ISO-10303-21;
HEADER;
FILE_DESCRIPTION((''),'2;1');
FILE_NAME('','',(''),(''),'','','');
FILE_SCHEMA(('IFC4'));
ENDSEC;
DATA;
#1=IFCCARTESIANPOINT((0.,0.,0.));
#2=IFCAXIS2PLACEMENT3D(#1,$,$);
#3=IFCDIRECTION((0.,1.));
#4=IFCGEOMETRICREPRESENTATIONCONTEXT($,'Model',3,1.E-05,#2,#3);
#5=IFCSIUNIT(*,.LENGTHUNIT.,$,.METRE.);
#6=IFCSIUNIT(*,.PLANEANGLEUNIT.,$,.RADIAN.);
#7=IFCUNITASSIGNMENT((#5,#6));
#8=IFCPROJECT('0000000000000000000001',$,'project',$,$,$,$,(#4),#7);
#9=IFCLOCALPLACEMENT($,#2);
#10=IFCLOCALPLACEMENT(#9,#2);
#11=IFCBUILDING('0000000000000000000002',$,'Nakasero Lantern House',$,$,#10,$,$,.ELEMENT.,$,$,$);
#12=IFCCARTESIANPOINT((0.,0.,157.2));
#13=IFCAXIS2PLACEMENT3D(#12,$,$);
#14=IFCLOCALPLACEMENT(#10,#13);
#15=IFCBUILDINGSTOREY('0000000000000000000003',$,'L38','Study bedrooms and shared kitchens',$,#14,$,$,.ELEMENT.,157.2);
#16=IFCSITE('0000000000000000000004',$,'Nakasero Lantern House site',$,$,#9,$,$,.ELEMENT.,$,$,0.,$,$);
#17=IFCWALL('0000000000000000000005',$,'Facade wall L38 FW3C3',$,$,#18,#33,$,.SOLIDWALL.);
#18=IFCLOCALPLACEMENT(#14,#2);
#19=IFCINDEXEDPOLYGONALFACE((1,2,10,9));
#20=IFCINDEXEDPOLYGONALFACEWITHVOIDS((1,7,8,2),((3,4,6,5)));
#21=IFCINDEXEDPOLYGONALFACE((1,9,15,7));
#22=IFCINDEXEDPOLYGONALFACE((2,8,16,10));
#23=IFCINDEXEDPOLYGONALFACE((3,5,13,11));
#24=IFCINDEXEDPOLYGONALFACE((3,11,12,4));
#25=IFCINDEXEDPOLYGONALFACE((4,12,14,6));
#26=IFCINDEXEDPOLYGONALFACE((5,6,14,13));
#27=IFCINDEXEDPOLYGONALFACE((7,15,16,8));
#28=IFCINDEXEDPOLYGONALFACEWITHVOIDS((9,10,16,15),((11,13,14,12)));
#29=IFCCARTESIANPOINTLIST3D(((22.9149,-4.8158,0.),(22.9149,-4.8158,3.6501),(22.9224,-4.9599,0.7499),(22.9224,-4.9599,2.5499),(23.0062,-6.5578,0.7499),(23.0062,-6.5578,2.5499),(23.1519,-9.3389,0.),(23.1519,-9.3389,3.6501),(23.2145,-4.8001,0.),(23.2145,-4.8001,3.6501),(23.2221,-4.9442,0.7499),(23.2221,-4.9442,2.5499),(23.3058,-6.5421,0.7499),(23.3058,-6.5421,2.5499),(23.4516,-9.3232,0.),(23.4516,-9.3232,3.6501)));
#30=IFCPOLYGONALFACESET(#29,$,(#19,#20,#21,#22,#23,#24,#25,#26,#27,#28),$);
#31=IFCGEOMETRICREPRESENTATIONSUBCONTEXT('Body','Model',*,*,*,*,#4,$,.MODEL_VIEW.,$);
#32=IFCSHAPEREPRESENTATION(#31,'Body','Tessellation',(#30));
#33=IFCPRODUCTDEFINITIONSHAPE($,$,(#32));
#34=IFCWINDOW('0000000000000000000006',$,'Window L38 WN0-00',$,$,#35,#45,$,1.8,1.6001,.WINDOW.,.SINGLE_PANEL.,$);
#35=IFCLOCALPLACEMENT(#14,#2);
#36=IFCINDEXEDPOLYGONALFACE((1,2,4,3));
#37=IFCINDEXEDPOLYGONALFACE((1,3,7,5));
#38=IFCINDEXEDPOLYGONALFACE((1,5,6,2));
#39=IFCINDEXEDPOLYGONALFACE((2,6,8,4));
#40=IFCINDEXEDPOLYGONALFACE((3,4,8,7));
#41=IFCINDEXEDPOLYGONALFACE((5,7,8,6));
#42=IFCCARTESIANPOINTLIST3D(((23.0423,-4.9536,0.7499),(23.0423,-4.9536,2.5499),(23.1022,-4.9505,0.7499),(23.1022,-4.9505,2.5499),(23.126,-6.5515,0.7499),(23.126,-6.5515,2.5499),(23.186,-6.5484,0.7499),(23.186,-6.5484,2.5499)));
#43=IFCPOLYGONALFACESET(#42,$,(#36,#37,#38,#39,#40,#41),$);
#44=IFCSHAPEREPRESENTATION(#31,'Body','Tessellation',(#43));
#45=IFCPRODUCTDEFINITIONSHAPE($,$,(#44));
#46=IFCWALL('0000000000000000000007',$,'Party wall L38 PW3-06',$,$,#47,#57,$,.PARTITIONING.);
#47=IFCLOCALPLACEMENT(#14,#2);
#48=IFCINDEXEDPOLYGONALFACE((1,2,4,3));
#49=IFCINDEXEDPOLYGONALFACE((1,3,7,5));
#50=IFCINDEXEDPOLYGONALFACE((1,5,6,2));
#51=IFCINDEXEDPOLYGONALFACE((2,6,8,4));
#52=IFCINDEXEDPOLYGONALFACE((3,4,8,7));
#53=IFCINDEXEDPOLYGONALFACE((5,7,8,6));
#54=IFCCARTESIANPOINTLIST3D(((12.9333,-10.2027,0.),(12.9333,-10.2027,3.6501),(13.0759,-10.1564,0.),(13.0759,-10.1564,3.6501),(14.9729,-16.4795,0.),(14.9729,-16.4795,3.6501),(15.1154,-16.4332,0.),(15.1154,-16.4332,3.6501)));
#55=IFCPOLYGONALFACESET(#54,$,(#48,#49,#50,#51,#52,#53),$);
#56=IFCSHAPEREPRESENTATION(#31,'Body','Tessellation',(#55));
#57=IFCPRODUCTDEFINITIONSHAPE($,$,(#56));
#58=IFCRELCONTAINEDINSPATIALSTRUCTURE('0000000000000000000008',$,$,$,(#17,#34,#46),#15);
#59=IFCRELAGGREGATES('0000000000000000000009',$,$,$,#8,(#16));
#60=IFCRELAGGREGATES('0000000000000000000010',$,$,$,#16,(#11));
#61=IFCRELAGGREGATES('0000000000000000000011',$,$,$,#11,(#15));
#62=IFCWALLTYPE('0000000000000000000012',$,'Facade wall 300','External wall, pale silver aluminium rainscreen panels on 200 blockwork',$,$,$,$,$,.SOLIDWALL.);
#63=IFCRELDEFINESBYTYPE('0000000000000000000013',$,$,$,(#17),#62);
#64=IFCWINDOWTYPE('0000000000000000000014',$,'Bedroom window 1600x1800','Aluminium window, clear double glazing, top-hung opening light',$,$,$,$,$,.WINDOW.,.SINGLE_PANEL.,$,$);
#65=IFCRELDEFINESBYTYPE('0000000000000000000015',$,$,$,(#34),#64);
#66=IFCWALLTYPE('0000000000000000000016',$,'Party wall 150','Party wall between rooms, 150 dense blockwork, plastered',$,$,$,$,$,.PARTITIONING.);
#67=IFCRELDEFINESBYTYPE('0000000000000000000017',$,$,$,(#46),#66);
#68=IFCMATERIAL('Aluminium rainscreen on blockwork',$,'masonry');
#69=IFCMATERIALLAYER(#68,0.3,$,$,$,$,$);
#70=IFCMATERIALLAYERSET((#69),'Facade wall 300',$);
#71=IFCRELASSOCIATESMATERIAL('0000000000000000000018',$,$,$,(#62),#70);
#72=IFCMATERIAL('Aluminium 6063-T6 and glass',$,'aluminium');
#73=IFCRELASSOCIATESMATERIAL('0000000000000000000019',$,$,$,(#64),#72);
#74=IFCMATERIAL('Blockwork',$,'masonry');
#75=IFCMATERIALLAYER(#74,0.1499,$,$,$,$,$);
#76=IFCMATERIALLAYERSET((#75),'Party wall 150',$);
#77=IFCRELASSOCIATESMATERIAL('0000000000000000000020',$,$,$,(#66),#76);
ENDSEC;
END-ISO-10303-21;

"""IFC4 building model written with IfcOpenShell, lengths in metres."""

from ifc_helpers import new_model, si_unit, direction, frame, frame_2d, origin, place, context, subcontext, project, spatial, rectangle, extrude, material, layer, layer_set, type_object, element, fill, save


model = new_model("IFC4")

# Units and contexts
model_context = context("Model", 3, precision=1e-05, world=origin(), true_north=direction((0.0, 1.0)))
body_context = subcontext(model_context, "Body", "Model", "MODEL_VIEW")
ifc_project = project(units=[si_unit("LENGTHUNIT", "METRE"), si_unit("PLANEANGLEUNIT", "RADIAN")], contexts=[model_context])

# Site, building, storey
site_placement = place(None, origin())
site = spatial("IfcSite", under=ifc_project, at=site_placement, Name="Nakasero Lantern House site", CompositionType="ELEMENT", RefElevation=0.0)
building_placement = place(site_placement, origin())
building = spatial("IfcBuilding", under=site, at=building_placement, Name="Nakasero Lantern House", CompositionType="ELEMENT")
storey_placement = place(building_placement, frame((0.0, 0.0, 157.2)))
storey = spatial("IfcBuildingStorey", under=building, at=storey_placement, Name="L38", Description="Study bedrooms and shared kitchens", CompositionType="ELEMENT", Elevation=157.2)

# Shared definitions
ifc_material_1 = material(Name="Aluminium rainscreen on blockwork", Category="masonry")
ifc_layer_1 = layer(ifc_material_1, 0.3)
ifc_layer_set_1 = layer_set([ifc_layer_1], Name="Facade wall 300")
wall_type_1 = type_object("IfcWallType", Name="Facade wall 300", Description="External wall, pale silver aluminium rainscreen panels on 200 blockwork", PredefinedType="SOLIDWALL", material=ifc_layer_set_1)

# Wall, opening, window
wall_1_placement = place(storey_placement, frame((23.3018, -9.3311, 0.0), z_axis=(0.0, 0.0, 1.0), x_axis=(-0.052338, 0.998629, 0.0)))
wall_1 = element("IfcWall", 1, at=wall_1_placement, inside=storey, type_object=wall_type_1, Name="Facade wall L38 FW3C3", PredefinedType="SOLIDWALL", context=body_context, shape_type="SweptSolid", body=[
    extrude(rectangle(XDim=4.5293, YDim=0.3, at=frame_2d((2.2646, 0.0))), origin(), (0.0, 0.0, 1.0), 3.6501),
])
opening_1_placement = place(wall_1_placement, frame((2.7849, 0.0, 0.75)))
opening_1 = element("IfcOpeningElement", 2, at=opening_1_placement, cuts=wall_1, PredefinedType="OPENING", context=body_context, shape_type="SweptSolid", body=[
    extrude(rectangle(XDim=1.6001, YDim=1.8, at=frame_2d((0.8, 0.8999))), frame((0.0, 0.1699, 0.0), z_axis=(0.0, -1.0, 0.0), x_axis=(1.0, 0.0, 0.0)), (0.0, 0.0, 1.0), 0.3401),
])
ifc_material_2 = material(Name="Aluminium 6063-T6 and glass", Category="aluminium")
window_type_1 = type_object("IfcWindowType", Name="Bedroom window 1600x1800", Description="Aluminium window, clear double glazing, top-hung opening light", PartitioningType="SINGLE_PANEL", PredefinedType="WINDOW", material=ifc_material_2)
window_1_placement = place(opening_1_placement, origin())
window_1 = element("IfcWindow", 3, at=window_1_placement, inside=storey, type_object=window_type_1, Name="Window L38 WN0-00", OverallHeight=1.8, OverallWidth=1.6001, PartitioningType="SINGLE_PANEL", PredefinedType="WINDOW", context=body_context, shape_type="SweptSolid", body=[
    extrude(rectangle(XDim=1.6001, YDim=1.8, at=frame_2d((0.8, 0.8999))), frame((0.0, 0.03, 0.0), z_axis=(0.0, -1.0, 0.0), x_axis=(1.0, 0.0, 0.0)), (0.0, 0.0, 1.0), 0.0601),
])
fill(opening_1, window_1)

# Wall
ifc_material_3 = material(Name="Blockwork", Category="masonry")
ifc_layer_2 = layer(ifc_material_3, 0.1499)
ifc_layer_set_2 = layer_set([ifc_layer_2], Name="Party wall 150")
wall_type_2 = type_object("IfcWallType", Name="Party wall 150", Description="Party wall between rooms, 150 dense blockwork, plastered", PredefinedType="PARTITIONING", material=ifc_layer_set_2)
wall_2_placement = place(storey_placement, frame((13.0046, -10.1797, 0.0), z_axis=(0.0, 0.0, 1.0), x_axis=(0.309028, -0.951053, 0.0)))
element("IfcWall", 4, at=wall_2_placement, inside=storey, type_object=wall_type_2, Name="Party wall L38 PW3-06", PredefinedType="PARTITIONING", context=body_context, shape_type="SweptSolid", body=[
    extrude(rectangle(XDim=6.5999, YDim=0.1499, at=frame_2d((3.2998, 0.0))), origin(), (0.0, 0.0, 1.0), 3.6501),
])

save(model, "model.ifc")
